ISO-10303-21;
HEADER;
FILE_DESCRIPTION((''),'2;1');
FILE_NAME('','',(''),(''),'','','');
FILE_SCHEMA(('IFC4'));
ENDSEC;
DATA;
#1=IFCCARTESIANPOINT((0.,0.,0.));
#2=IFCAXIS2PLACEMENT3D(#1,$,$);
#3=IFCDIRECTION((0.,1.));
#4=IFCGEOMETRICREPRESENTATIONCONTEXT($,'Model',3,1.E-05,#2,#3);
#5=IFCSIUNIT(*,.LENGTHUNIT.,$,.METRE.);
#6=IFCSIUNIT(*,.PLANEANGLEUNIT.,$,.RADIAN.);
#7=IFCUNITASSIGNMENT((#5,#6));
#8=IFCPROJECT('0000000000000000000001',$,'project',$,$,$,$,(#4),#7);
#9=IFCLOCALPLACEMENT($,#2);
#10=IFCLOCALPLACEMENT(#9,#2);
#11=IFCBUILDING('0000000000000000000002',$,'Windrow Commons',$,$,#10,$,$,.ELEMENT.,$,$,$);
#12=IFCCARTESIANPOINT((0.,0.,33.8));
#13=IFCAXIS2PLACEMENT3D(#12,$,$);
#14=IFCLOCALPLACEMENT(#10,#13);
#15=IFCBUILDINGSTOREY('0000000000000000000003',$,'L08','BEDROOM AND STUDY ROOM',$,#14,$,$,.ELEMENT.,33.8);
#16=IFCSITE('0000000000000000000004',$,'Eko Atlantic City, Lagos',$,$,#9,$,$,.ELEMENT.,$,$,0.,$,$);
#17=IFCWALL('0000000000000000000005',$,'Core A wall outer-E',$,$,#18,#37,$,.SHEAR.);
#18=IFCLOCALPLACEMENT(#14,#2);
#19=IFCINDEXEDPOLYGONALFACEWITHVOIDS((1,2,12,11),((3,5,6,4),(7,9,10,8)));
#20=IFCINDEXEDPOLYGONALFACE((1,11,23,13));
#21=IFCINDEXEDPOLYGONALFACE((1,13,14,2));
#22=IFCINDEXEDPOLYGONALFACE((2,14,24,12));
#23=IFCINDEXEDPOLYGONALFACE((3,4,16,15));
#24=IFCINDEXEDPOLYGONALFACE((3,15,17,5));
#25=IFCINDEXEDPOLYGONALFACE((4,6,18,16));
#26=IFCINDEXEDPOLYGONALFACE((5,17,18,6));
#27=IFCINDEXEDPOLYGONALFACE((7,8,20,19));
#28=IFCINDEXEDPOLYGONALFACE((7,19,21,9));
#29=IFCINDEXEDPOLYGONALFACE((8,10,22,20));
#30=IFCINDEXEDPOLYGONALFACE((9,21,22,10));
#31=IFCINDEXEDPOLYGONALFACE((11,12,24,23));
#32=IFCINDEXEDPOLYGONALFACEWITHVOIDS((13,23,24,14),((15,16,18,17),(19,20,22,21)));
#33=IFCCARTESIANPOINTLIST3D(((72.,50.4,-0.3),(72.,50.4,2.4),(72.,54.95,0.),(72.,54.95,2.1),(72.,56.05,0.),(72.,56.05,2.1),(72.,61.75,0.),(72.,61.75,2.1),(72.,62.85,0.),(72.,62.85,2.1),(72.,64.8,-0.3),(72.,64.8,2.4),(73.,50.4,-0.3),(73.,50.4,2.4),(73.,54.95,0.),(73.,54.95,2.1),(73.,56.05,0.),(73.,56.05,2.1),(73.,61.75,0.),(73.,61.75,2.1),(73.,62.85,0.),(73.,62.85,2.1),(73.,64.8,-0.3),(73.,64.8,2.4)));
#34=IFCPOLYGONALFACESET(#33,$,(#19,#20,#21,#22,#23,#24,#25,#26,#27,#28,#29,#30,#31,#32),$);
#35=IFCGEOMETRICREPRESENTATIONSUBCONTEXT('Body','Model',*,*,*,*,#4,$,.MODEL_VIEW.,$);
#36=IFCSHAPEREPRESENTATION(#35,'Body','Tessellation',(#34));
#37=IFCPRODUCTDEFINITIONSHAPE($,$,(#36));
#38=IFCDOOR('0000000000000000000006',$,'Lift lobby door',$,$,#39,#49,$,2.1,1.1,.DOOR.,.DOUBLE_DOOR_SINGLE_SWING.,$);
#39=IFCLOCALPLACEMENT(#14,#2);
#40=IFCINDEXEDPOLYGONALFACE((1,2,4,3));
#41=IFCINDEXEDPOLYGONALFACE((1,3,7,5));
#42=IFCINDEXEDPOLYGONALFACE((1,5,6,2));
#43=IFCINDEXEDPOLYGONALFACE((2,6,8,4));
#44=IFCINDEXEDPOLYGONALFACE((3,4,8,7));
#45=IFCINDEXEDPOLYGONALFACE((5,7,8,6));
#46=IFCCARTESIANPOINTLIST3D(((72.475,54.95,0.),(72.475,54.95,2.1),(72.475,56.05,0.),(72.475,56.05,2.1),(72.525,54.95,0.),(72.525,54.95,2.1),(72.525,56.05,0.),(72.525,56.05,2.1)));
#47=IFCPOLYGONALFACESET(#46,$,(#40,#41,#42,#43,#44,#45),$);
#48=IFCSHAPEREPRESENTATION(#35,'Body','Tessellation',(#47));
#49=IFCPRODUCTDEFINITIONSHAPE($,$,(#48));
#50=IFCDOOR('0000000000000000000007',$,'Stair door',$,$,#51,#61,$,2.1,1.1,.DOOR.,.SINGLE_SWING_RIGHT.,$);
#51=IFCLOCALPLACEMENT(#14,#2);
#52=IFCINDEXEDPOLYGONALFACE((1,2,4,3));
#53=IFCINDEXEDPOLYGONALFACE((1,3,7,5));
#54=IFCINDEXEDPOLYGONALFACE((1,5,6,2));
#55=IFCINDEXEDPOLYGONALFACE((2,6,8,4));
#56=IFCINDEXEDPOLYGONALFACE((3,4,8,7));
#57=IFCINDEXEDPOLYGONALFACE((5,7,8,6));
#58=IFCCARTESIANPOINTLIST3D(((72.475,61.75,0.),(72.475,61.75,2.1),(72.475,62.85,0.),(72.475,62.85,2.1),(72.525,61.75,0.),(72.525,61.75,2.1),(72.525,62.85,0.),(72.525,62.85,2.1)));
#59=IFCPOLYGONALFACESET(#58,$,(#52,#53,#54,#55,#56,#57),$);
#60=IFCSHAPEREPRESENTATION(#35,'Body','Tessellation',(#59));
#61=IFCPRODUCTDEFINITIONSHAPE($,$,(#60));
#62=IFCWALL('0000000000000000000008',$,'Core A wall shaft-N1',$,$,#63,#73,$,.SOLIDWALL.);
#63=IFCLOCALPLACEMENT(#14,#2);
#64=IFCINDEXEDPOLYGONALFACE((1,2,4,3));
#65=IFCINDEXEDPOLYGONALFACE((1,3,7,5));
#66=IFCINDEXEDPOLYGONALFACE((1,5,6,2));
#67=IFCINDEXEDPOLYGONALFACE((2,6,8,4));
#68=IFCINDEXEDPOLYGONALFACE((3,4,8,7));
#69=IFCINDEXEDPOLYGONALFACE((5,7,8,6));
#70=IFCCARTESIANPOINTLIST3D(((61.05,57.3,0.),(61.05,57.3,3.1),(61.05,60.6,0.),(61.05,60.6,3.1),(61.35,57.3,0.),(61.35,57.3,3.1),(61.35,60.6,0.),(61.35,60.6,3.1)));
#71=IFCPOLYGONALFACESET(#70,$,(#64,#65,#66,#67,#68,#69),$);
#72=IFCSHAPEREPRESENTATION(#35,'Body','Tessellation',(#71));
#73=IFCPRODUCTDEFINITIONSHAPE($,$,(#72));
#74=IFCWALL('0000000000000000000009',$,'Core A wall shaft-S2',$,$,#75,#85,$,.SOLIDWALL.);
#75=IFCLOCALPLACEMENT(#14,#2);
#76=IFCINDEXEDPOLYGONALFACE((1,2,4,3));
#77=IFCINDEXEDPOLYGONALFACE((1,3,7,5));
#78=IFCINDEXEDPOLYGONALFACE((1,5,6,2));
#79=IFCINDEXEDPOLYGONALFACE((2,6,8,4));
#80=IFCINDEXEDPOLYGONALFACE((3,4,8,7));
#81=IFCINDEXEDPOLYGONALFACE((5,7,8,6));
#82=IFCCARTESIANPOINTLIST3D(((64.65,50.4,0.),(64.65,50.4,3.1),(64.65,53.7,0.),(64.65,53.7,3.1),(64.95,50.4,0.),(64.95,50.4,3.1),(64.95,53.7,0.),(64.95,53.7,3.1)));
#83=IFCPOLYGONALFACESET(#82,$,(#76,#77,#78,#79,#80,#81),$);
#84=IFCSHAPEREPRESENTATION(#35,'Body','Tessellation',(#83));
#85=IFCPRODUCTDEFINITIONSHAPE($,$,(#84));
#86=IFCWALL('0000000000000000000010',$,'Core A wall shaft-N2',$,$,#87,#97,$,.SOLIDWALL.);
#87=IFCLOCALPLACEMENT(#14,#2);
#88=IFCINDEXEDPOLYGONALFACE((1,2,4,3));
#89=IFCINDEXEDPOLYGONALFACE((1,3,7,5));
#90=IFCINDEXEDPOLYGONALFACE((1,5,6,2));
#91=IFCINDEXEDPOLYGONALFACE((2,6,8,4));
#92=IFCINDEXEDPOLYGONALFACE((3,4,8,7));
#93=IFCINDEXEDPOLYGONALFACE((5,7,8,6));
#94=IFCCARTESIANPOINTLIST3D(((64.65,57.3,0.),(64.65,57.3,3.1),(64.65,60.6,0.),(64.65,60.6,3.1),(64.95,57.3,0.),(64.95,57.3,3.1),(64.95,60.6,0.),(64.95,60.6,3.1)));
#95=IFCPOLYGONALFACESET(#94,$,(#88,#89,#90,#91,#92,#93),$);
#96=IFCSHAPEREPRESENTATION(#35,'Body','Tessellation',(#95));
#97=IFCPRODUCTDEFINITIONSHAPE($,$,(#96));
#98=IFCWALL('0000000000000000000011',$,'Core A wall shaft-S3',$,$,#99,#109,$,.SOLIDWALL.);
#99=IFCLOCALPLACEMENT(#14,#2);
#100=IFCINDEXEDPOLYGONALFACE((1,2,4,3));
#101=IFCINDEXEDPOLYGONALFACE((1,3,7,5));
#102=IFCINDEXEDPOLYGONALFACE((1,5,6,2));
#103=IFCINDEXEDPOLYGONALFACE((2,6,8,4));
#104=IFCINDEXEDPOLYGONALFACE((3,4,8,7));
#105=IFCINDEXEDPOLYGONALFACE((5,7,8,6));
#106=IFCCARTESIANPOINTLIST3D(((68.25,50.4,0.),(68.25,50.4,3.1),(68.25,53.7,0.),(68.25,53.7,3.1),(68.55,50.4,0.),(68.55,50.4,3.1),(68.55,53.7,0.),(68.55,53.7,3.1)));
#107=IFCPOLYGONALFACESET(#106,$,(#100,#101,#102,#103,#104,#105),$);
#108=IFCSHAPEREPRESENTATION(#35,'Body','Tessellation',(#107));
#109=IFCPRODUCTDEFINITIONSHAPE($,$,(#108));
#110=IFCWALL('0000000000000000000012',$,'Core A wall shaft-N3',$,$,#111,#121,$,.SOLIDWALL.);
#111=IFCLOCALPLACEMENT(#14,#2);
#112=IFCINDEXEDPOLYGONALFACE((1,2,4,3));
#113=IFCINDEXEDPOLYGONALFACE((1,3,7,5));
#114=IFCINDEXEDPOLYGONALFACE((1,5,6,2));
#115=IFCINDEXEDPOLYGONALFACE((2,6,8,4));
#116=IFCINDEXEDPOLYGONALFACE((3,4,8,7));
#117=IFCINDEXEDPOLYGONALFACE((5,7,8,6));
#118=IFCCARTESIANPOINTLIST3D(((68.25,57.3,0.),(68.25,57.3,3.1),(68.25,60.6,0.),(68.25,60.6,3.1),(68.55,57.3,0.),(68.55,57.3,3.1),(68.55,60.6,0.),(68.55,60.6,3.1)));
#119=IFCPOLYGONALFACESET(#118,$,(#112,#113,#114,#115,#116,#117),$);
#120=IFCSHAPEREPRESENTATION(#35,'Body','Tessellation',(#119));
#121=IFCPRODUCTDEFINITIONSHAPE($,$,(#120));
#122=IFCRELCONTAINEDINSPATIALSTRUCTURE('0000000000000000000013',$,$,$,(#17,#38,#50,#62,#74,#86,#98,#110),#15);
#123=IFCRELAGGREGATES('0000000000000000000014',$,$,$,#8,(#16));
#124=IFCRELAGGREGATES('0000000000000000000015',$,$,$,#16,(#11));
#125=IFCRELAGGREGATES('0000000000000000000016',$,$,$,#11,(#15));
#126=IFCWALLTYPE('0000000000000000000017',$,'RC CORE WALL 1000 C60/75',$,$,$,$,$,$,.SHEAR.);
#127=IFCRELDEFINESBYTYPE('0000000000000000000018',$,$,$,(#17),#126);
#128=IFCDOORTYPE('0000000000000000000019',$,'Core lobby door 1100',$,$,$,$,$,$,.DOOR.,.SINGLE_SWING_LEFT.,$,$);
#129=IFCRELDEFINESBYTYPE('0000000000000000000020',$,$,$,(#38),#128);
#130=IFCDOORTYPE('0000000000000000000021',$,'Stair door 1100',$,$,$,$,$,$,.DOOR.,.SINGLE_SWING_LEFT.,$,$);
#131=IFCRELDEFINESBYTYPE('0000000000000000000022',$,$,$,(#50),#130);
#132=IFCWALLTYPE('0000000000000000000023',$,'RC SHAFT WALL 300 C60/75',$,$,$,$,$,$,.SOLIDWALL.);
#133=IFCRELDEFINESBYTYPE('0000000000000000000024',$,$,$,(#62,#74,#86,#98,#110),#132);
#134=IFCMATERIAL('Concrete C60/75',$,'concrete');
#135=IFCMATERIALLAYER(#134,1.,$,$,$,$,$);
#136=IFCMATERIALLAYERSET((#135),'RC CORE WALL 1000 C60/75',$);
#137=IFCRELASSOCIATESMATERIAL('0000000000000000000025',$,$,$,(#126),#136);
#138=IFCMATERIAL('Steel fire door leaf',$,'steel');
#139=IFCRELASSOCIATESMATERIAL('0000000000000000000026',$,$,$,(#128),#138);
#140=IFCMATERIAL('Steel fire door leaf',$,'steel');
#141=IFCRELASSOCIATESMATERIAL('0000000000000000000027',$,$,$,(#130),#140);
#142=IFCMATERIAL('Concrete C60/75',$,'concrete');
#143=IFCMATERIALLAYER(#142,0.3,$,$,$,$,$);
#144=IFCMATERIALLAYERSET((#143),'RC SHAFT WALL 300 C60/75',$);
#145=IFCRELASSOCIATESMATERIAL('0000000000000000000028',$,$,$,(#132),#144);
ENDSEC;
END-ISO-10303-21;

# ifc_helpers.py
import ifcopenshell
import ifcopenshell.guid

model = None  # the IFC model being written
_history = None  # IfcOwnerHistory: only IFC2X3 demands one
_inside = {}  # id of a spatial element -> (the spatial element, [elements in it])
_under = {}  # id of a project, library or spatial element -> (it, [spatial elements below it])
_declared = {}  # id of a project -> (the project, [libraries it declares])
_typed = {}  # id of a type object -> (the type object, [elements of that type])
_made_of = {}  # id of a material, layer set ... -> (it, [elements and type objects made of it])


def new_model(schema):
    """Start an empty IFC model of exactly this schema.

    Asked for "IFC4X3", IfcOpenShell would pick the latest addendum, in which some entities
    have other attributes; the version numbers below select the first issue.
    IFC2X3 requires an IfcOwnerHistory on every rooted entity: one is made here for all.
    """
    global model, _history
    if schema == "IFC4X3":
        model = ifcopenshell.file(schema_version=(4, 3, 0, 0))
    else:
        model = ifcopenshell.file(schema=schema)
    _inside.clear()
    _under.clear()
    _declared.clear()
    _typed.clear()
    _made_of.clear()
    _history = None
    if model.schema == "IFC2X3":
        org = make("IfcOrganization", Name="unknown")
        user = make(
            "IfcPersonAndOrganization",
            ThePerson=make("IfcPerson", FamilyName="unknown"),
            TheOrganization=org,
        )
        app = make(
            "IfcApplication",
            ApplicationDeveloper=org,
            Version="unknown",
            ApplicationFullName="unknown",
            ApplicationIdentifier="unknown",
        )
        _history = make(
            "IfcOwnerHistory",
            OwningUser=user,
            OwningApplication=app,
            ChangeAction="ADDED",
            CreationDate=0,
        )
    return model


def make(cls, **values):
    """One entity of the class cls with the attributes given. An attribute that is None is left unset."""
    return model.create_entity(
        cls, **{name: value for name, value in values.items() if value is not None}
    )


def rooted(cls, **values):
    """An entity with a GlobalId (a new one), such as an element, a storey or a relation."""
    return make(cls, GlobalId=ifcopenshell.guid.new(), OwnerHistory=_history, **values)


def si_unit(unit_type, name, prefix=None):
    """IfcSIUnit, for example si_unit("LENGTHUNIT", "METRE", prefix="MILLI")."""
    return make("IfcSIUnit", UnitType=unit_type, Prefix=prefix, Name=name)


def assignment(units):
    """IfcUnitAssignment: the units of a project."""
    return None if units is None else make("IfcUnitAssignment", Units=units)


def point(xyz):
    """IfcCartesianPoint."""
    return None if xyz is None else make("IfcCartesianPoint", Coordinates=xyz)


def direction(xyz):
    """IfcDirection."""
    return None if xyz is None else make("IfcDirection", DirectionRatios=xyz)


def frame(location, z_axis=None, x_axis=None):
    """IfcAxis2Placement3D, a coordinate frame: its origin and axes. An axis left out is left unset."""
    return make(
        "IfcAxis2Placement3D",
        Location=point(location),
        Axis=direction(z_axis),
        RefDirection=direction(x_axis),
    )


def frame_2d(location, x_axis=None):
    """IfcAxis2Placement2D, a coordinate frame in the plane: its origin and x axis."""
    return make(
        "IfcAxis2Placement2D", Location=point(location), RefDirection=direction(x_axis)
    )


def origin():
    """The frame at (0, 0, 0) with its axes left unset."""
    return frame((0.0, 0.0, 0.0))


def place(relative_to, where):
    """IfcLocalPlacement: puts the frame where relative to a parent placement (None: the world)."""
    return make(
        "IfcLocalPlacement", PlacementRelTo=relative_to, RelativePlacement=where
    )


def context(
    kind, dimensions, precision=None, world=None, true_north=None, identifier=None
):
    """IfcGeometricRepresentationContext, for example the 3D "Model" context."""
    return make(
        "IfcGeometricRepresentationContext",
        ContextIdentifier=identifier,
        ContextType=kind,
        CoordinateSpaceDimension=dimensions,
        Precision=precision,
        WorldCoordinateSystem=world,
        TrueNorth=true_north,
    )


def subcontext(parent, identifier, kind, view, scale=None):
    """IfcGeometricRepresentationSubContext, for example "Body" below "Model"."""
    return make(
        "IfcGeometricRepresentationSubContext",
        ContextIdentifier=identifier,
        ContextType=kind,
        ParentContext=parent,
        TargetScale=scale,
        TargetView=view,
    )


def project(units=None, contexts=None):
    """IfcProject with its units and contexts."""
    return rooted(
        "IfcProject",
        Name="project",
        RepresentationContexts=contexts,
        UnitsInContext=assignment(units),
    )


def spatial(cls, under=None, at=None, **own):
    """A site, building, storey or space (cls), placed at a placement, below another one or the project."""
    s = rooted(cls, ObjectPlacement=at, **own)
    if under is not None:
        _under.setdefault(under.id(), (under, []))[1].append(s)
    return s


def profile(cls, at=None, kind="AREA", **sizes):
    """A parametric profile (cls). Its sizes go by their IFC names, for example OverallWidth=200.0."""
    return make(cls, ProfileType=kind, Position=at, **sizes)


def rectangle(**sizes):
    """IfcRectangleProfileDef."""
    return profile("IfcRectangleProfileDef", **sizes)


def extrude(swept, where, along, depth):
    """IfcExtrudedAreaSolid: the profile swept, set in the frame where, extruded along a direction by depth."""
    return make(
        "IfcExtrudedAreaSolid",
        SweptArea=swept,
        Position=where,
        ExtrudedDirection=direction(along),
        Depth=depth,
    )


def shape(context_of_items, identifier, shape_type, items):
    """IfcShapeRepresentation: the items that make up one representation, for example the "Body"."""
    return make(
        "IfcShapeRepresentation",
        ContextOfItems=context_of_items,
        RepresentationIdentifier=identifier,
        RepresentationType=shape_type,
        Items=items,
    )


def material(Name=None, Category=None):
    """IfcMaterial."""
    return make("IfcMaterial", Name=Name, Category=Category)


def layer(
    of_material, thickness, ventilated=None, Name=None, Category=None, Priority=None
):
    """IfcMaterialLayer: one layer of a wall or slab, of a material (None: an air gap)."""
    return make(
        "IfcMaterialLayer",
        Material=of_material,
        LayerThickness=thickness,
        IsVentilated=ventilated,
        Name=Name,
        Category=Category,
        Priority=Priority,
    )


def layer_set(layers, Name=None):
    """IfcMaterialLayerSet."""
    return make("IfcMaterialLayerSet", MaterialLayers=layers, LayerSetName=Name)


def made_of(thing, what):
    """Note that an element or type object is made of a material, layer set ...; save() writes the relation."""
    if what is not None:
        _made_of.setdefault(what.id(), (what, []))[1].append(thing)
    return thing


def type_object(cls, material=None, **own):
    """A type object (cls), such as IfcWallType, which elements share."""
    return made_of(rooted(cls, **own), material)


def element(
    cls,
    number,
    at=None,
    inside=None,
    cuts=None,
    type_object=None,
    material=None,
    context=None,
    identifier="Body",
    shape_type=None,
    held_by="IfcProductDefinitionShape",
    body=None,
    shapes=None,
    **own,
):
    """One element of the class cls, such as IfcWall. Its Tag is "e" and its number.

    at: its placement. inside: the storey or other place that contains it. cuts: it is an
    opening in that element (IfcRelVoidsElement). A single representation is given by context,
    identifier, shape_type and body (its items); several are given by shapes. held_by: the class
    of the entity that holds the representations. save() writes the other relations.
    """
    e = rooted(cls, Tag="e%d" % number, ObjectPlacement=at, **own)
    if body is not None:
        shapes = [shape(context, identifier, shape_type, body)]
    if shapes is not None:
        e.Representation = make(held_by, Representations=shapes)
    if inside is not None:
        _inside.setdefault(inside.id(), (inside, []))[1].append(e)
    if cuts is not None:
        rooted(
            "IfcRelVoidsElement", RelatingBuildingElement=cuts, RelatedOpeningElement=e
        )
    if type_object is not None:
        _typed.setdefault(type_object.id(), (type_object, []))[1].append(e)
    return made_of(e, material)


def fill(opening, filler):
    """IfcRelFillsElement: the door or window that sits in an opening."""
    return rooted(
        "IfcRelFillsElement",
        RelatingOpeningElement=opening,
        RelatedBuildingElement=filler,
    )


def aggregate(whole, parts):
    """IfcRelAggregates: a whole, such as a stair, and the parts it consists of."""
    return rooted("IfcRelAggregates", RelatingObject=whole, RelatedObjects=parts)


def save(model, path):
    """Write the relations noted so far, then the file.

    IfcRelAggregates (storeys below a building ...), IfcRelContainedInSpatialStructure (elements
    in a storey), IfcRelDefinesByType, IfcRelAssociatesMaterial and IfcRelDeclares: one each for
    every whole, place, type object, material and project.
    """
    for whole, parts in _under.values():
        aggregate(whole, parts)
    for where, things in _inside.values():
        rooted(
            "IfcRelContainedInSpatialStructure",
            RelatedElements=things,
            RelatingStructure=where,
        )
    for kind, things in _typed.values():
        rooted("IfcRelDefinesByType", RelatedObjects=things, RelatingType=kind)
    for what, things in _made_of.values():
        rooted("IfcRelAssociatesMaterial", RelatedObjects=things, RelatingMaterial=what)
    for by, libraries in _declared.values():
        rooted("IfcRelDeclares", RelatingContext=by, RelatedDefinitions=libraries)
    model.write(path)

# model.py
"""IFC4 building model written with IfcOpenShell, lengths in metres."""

from ifc_helpers import new_model, si_unit, direction, frame, frame_2d, origin, place, context, subcontext, project, spatial, rectangle, extrude, material, layer, layer_set, type_object, element, fill, save


model = new_model("IFC4")

# Units and contexts
model_context = context("Model", 3, precision=1e-05, world=origin(), true_north=direction((0.0, 1.0)))
body_context = subcontext(model_context, "Body", "Model", "MODEL_VIEW")
ifc_project = project(units=[si_unit("LENGTHUNIT", "METRE"), si_unit("PLANEANGLEUNIT", "RADIAN")], contexts=[model_context])

# Site, building, storey
site_placement = place(None, origin())
site = spatial("IfcSite", under=ifc_project, at=site_placement, Name="Eko Atlantic City, Lagos", CompositionType="ELEMENT", RefElevation=0.0)
building_placement = place(site_placement, origin())
building = spatial("IfcBuilding", under=site, at=building_placement, Name="Windrow Commons", CompositionType="ELEMENT")
storey_placement = place(building_placement, frame((0.0, 0.0, 33.8)))
storey = spatial("IfcBuildingStorey", under=building, at=storey_placement, Name="L08", Description="BEDROOM AND STUDY ROOM", CompositionType="ELEMENT", Elevation=33.8)

# Wall, openings, doors
ifc_material_1 = material(Name="Concrete C60/75", Category="concrete")
ifc_layer_1 = layer(ifc_material_1, 1.0)
ifc_layer_set_1 = layer_set([ifc_layer_1], Name="RC CORE WALL 1000 C60/75")
wall_type_1 = type_object("IfcWallType", Name="RC CORE WALL 1000 C60/75", PredefinedType="SHEAR", material=ifc_layer_set_1)
wall_1_placement = place(storey_placement, frame((72.5, 50.4, -0.3), z_axis=(0.0, 0.0, 1.0), x_axis=(0.0, 1.0, 0.0)))
wall_1 = element("IfcWall", 1, at=wall_1_placement, inside=storey, type_object=wall_type_1, Name="Core A wall outer-E", PredefinedType="SHEAR", context=body_context, shape_type="SweptSolid", body=[
    extrude(rectangle(XDim=14.4, YDim=1.0, at=frame_2d((7.2, 0.0))), origin(), (0.0, 0.0, 1.0), 2.7),
])
opening_1_placement = place(wall_1_placement, frame((4.55, 0.0, 0.3)))
opening_1 = element("IfcOpeningElement", 2, at=opening_1_placement, cuts=wall_1, PredefinedType="OPENING", context=body_context, shape_type="SweptSolid", body=[
    extrude(rectangle(XDim=1.1, YDim=2.1, at=frame_2d((0.55, 1.05))), frame((0.0, 0.51, 0.0), z_axis=(0.0, -1.0, 0.0), x_axis=(1.0, 0.0, 0.0)), (0.0, 0.0, 1.0), 1.02),
])
opening_2_placement = place(wall_1_placement, frame((11.35, 0.0, 0.3)))
opening_2 = element("IfcOpeningElement", 3, at=opening_2_placement, cuts=wall_1, PredefinedType="OPENING", context=body_context, shape_type="SweptSolid", body=[
    extrude(rectangle(XDim=1.1, YDim=2.1, at=frame_2d((0.55, 1.05))), frame((0.0, 0.51, 0.0), z_axis=(0.0, -1.0, 0.0), x_axis=(1.0, 0.0, 0.0)), (0.0, 0.0, 1.0), 1.02),
])
ifc_material_2 = material(Name="Steel fire door leaf", Category="steel")
door_type_1 = type_object("IfcDoorType", Name="Core lobby door 1100", OperationType="SINGLE_SWING_LEFT", PredefinedType="DOOR", material=ifc_material_2)
door_1_placement = place(opening_1_placement, origin())
door_1 = element("IfcDoor", 4, at=door_1_placement, inside=storey, type_object=door_type_1, Name="Lift lobby door", OperationType="DOUBLE_DOOR_SINGLE_SWING", OverallHeight=2.1, OverallWidth=1.1, PredefinedType="DOOR", context=body_context, shape_type="SweptSolid", body=[
    extrude(rectangle(XDim=1.1, YDim=2.1, at=frame_2d((0.55, 1.05))), frame((0.0, 0.025, 0.0), z_axis=(0.0, -1.0, 0.0), x_axis=(1.0, 0.0, 0.0)), (0.0, 0.0, 1.0), 0.05),
])
fill(opening_1, door_1)
ifc_material_3 = material(Name="Steel fire door leaf", Category="steel")
door_type_2 = type_object("IfcDoorType", Name="Stair door 1100", OperationType="SINGLE_SWING_LEFT", PredefinedType="DOOR", material=ifc_material_3)
door_2_placement = place(opening_2_placement, origin())
door_2 = element("IfcDoor", 5, at=door_2_placement, inside=storey, type_object=door_type_2, Name="Stair door", OperationType="SINGLE_SWING_RIGHT", OverallHeight=2.1, OverallWidth=1.1, PredefinedType="DOOR", context=body_context, shape_type="SweptSolid", body=[
    extrude(rectangle(XDim=1.1, YDim=2.1, at=frame_2d((0.55, 1.05))), frame((0.0, 0.025, 0.0), z_axis=(0.0, -1.0, 0.0), x_axis=(1.0, 0.0, 0.0)), (0.0, 0.0, 1.0), 0.05),
])
fill(opening_2, door_2)

# Walls
ifc_material_4 = material(Name="Concrete C60/75", Category="concrete")
ifc_layer_2 = layer(ifc_material_4, 0.3)
ifc_layer_set_2 = layer_set([ifc_layer_2], Name="RC SHAFT WALL 300 C60/75")
wall_type_2 = type_object("IfcWallType", Name="RC SHAFT WALL 300 C60/75", PredefinedType="SOLIDWALL", material=ifc_layer_set_2)
for number, where, z_axis, x_axis, name in (
    (6, (61.2, 57.3, 0.0), (0.0, 0.0, 1.0), (0.0, 1.0, 0.0), "Core A wall shaft-N1"),
    (7, (64.8, 50.4, 0.0), (0.0, 0.0, 1.0), (0.0, 1.0, 0.0), "Core A wall shaft-S2"),
    (8, (64.8, 57.3, 0.0), (0.0, 0.0, 1.0), (0.0, 1.0, 0.0), "Core A wall shaft-N2"),
    (9, (68.4, 50.4, 0.0), (0.0, 0.0, 1.0), (0.0, 1.0, 0.0), "Core A wall shaft-S3"),
    (10, (68.4, 57.3, 0.0), (0.0, 0.0, 1.0), (0.0, 1.0, 0.0), "Core A wall shaft-N3"),
):
    element("IfcWall", number, at=place(storey_placement, frame(where, z_axis=z_axis, x_axis=x_axis)), inside=storey, type_object=wall_type_2, Name=name, PredefinedType="SOLIDWALL", context=body_context, shape_type="SweptSolid", body=[
        extrude(rectangle(XDim=3.3, YDim=0.3, at=frame_2d((1.65, 0.0))), origin(), (0.0, 0.0, 1.0), 3.1),
    ])

save(model, "model.ifc")
